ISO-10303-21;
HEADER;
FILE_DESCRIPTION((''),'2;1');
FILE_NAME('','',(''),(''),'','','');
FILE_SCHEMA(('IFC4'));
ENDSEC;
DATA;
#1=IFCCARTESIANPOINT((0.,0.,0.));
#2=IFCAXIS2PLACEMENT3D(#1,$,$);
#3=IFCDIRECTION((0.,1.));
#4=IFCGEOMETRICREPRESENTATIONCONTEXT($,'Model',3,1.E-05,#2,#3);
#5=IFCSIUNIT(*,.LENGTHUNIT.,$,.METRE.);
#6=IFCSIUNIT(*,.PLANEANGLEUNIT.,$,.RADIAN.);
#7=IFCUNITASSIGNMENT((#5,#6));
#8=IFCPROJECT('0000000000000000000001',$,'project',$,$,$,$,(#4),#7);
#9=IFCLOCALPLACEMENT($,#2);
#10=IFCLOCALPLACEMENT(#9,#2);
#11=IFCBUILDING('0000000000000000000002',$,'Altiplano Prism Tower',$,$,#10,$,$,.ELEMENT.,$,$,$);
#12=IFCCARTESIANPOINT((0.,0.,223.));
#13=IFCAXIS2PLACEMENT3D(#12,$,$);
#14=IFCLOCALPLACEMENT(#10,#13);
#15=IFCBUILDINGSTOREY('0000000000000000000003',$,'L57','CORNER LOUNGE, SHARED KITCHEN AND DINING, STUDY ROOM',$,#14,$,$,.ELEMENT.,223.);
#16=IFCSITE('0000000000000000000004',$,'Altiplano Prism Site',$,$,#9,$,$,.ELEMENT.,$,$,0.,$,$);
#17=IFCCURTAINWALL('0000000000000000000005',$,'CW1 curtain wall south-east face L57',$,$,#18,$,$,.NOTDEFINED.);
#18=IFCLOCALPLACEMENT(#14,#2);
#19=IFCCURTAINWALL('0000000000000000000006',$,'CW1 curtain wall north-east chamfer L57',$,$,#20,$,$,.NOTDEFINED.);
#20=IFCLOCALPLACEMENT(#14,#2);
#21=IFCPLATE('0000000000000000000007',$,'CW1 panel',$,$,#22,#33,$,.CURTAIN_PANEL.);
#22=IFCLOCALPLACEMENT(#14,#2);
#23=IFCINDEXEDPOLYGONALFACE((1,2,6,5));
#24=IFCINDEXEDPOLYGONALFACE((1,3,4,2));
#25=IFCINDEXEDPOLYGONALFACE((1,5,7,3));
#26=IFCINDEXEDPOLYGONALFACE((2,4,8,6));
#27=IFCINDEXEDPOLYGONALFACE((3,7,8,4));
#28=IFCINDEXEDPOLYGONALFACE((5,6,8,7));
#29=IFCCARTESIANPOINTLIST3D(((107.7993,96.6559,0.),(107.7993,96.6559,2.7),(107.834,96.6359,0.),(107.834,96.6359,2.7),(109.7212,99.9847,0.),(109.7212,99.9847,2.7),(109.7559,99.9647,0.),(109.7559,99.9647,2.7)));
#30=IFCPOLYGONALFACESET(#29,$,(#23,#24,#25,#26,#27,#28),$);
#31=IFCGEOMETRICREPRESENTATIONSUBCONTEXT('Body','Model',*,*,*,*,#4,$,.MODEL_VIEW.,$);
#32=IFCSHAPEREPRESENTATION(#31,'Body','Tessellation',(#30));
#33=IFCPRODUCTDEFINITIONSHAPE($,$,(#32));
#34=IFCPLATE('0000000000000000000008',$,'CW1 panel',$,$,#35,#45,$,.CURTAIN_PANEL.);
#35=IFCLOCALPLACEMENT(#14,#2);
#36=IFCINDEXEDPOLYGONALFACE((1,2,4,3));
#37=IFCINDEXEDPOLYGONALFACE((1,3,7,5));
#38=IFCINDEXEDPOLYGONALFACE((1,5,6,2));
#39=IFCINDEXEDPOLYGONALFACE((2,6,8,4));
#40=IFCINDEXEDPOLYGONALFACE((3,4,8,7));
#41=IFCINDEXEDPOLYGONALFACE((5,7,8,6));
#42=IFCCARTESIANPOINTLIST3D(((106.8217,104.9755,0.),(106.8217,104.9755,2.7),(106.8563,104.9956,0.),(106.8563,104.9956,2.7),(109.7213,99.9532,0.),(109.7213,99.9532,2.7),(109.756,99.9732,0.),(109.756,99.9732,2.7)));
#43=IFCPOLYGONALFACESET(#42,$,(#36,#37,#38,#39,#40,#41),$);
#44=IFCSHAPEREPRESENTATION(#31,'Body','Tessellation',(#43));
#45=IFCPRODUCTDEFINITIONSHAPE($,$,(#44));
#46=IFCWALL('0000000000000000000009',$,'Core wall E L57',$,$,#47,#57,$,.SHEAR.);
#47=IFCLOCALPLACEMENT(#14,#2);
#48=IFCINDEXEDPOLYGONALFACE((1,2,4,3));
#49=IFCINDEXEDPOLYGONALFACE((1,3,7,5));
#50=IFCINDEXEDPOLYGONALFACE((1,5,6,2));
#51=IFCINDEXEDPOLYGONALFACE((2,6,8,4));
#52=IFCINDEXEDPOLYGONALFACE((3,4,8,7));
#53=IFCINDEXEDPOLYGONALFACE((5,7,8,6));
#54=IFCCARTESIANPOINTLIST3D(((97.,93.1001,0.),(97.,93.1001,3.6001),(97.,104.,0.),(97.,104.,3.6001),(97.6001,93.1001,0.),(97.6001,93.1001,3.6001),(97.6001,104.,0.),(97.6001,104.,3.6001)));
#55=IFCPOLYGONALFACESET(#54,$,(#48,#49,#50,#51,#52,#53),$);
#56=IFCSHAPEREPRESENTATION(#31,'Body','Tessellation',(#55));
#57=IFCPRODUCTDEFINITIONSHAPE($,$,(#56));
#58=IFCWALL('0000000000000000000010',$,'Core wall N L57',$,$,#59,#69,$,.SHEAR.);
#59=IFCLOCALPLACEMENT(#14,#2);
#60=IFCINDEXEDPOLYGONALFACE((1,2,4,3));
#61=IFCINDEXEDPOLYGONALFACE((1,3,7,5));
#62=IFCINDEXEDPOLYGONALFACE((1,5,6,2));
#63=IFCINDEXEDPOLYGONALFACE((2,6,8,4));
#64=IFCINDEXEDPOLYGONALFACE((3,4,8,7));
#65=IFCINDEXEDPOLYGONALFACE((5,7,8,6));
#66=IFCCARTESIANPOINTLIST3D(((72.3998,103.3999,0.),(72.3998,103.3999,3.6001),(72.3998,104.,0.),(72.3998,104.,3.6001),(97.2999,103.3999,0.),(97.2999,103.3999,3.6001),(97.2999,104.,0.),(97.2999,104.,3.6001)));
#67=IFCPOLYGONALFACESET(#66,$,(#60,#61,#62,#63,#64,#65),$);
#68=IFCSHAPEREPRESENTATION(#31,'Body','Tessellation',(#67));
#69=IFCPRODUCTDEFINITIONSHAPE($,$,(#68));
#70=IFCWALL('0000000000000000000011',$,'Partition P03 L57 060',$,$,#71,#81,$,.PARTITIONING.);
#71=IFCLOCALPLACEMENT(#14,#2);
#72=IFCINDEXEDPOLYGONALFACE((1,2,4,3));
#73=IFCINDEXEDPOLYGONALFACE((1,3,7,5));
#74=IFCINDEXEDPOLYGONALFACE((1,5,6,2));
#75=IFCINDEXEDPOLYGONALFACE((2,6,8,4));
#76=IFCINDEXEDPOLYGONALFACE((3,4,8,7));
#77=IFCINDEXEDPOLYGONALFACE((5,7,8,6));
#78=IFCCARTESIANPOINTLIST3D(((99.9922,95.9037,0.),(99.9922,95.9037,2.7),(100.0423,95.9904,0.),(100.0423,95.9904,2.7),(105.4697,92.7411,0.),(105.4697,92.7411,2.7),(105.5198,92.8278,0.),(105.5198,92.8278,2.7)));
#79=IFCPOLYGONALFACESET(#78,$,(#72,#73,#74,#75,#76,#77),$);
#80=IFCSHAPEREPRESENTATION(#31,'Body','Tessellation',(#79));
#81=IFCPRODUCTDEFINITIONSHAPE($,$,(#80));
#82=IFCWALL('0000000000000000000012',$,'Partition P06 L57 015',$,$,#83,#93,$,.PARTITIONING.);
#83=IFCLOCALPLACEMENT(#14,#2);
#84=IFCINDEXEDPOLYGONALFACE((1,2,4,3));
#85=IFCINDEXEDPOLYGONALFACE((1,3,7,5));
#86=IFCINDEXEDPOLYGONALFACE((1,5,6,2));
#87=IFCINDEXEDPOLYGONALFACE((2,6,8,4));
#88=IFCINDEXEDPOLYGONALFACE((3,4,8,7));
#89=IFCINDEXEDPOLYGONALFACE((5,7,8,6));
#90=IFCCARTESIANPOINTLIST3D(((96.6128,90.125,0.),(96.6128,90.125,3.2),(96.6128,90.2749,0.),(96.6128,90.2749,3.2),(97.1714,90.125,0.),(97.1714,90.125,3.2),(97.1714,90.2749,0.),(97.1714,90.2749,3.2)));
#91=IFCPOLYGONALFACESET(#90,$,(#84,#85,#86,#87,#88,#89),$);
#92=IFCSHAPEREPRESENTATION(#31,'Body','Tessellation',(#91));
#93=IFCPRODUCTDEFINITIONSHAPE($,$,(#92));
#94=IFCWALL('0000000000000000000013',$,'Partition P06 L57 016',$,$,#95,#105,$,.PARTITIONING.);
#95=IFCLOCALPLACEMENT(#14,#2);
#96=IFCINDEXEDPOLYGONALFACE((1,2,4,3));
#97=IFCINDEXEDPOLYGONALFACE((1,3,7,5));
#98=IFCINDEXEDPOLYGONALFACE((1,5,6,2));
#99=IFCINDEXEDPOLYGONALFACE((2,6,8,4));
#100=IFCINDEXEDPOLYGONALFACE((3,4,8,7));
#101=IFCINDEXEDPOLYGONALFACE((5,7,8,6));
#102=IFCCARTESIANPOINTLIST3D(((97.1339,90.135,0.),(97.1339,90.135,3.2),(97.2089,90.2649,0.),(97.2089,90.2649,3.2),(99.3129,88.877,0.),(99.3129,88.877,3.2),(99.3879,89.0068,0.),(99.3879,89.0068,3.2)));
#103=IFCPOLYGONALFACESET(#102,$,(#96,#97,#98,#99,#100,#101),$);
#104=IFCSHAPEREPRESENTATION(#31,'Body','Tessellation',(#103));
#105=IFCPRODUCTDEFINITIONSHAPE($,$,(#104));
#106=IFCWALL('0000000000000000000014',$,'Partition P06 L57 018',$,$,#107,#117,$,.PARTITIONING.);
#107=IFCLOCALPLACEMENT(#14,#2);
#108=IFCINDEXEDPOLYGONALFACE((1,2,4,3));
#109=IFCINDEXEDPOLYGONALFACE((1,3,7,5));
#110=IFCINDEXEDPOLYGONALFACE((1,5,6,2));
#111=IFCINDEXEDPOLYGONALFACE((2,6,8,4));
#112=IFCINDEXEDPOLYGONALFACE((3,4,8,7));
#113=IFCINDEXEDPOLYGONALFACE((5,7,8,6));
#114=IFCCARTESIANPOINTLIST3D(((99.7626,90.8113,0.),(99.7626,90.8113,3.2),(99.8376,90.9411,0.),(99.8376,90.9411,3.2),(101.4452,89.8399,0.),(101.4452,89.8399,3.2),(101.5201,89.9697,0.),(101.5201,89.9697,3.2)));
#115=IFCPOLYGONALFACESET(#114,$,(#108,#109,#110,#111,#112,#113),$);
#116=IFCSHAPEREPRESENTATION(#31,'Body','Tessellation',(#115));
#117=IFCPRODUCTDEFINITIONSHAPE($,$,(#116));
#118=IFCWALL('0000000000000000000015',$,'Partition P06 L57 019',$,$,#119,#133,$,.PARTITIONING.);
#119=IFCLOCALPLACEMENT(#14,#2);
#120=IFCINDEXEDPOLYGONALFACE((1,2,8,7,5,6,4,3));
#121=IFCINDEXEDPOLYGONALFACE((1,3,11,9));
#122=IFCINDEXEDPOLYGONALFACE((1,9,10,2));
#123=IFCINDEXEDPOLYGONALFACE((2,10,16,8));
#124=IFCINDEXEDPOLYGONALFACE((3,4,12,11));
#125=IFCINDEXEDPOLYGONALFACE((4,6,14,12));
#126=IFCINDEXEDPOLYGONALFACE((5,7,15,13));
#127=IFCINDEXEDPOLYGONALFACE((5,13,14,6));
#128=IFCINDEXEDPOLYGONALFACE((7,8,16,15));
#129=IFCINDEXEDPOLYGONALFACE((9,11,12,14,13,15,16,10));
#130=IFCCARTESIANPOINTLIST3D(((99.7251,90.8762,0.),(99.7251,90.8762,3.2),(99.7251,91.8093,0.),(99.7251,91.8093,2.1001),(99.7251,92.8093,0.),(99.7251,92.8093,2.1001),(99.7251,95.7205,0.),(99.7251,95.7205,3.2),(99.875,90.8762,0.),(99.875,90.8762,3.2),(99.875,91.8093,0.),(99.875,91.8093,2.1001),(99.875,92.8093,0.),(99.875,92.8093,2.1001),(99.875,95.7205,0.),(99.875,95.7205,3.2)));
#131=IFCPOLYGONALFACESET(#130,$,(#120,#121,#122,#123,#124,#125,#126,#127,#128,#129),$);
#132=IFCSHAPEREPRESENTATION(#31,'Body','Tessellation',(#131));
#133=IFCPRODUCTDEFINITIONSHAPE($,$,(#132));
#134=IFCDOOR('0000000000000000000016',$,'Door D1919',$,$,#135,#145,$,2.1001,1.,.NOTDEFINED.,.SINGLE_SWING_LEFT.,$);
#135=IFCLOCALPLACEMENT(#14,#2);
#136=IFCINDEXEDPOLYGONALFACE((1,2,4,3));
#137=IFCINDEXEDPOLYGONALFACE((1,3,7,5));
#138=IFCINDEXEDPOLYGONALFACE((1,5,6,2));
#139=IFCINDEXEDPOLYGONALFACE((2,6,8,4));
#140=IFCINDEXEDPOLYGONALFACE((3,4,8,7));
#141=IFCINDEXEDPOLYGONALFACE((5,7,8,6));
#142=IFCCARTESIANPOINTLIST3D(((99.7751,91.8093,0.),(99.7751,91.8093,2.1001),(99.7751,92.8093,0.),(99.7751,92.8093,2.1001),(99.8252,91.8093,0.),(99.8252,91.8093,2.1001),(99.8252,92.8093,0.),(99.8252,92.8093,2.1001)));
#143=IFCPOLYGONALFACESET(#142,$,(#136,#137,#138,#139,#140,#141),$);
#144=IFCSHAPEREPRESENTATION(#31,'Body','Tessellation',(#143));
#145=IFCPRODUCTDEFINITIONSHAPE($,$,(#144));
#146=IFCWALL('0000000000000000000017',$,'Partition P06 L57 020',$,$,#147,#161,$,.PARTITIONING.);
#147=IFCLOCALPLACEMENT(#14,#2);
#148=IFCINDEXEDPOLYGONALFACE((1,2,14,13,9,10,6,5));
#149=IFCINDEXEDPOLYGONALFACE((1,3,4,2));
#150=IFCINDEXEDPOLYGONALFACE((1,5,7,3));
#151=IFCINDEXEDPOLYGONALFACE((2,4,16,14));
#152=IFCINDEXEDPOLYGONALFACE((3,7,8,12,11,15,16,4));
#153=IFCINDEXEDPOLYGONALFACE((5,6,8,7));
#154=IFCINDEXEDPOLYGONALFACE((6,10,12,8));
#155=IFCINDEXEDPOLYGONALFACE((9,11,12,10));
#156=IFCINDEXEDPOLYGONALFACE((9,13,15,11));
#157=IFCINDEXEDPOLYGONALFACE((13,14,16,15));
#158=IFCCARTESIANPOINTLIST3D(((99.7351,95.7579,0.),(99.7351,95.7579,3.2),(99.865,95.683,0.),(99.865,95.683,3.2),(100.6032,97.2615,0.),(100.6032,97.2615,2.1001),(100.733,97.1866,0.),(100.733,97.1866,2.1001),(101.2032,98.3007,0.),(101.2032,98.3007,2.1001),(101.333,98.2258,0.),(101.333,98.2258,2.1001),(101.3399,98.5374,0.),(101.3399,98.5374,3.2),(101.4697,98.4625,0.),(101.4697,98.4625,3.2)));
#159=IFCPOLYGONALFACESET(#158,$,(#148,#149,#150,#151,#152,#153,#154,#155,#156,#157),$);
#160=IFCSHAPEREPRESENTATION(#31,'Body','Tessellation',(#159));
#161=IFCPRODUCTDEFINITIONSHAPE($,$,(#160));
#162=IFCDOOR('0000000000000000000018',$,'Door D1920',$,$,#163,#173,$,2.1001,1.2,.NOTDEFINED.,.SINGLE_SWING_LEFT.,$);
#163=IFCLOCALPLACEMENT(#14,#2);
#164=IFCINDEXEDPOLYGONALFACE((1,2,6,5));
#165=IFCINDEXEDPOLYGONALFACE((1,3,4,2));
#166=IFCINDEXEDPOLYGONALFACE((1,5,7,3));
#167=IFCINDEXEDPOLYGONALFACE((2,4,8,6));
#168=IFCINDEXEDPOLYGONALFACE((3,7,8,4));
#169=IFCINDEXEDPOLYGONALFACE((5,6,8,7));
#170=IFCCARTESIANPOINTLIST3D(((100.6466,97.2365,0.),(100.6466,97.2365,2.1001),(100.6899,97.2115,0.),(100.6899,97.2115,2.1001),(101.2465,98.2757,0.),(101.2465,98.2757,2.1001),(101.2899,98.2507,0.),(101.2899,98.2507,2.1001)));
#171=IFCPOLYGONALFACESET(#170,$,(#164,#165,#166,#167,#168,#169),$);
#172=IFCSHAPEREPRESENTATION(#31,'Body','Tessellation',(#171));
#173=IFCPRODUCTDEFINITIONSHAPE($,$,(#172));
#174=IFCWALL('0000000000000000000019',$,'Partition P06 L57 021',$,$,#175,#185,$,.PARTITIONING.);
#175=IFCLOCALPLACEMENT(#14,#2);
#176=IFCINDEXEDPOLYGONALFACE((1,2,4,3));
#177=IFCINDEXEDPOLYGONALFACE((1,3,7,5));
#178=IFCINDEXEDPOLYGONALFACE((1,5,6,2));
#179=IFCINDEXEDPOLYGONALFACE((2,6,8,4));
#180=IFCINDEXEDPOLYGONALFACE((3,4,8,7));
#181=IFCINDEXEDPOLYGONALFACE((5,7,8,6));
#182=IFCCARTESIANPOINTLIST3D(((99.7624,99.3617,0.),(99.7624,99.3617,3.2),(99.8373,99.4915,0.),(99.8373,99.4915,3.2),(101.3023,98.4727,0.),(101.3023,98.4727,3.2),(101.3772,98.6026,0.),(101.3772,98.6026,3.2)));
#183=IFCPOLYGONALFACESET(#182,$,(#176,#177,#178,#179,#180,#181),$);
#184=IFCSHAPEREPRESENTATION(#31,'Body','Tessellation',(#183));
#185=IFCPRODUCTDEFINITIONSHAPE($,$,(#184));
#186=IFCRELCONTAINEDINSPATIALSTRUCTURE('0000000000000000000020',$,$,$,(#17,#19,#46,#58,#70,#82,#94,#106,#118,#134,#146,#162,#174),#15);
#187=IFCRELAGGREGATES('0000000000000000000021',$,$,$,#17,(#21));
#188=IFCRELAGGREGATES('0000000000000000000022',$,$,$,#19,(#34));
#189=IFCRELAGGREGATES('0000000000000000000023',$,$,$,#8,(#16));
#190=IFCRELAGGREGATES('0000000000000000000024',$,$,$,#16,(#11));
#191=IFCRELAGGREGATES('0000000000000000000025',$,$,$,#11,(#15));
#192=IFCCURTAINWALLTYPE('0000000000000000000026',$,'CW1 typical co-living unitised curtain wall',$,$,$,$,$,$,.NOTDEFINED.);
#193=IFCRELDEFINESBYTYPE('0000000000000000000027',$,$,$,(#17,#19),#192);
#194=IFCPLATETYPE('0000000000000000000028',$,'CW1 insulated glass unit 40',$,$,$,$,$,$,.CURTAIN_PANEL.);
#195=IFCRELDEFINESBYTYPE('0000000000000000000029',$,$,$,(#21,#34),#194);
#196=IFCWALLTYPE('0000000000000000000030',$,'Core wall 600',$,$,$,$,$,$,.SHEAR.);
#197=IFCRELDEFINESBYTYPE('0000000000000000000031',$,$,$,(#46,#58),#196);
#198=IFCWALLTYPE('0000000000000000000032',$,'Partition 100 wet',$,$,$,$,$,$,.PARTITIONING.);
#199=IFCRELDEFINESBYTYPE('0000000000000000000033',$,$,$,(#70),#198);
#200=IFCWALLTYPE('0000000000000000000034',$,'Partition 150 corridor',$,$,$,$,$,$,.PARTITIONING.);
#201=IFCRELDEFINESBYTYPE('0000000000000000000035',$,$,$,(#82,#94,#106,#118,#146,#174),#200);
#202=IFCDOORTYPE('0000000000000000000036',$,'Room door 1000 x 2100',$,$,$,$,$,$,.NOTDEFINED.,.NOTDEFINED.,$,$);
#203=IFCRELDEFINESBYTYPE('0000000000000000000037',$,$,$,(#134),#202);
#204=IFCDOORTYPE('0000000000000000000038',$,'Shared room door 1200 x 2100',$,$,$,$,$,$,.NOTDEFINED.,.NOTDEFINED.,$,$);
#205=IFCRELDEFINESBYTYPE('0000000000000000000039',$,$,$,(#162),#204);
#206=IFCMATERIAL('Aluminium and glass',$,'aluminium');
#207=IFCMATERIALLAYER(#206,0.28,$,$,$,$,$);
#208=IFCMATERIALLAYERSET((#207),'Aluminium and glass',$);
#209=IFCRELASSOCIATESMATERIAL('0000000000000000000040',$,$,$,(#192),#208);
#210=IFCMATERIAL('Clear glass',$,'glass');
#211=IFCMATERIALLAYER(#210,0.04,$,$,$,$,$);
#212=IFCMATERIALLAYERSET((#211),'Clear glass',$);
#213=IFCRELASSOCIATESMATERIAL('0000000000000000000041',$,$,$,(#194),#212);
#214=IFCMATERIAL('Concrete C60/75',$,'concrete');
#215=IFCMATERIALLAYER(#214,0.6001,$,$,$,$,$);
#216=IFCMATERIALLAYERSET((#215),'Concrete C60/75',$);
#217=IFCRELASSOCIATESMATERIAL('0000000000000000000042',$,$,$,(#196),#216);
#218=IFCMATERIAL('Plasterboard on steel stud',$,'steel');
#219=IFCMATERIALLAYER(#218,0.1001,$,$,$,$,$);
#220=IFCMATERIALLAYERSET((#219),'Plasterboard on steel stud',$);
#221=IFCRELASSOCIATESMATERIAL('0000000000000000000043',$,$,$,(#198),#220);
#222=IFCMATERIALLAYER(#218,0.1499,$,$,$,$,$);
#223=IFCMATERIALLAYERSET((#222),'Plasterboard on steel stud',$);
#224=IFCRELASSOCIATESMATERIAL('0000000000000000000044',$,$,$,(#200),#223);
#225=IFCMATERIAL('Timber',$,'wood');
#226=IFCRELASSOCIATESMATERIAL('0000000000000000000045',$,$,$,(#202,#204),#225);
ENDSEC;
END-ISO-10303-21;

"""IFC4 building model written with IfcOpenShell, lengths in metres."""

from ifc_helpers import new_model, si_unit, direction, frame, frame_2d, origin, origin_2d, place, context, subcontext, project, spatial, rectangle, extrude, material, layer, layer_set, type_object, element, fill, aggregate, save


model = new_model("IFC4")

# Units and contexts
model_context = context("Model", 3, precision=1e-05, world=origin(), true_north=direction((0.0, 1.0)))
body_context = subcontext(model_context, "Body", "Model", "MODEL_VIEW")
ifc_project = project(units=[si_unit("LENGTHUNIT", "METRE"), si_unit("PLANEANGLEUNIT", "RADIAN")], contexts=[model_context])

# Site, building, storey
site_placement = place(None, origin())
site = spatial("IfcSite", under=ifc_project, at=site_placement, Name="Altiplano Prism Site", CompositionType="ELEMENT", RefElevation=0.0)
building_placement = place(site_placement, origin())
building = spatial("IfcBuilding", under=site, at=building_placement, Name="Altiplano Prism Tower", CompositionType="ELEMENT")
storey_placement = place(building_placement, frame((0.0, 0.0, 223.0)))
storey = spatial("IfcBuildingStorey", under=building, at=storey_placement, Name="L57", Description="CORNER LOUNGE, SHARED KITCHEN AND DINING, STUDY ROOM", CompositionType="ELEMENT", Elevation=223.0)

# Shared definitions
ifc_material_1 = material(Name="Concrete C60/75", Category="concrete")

# Curtain wall
ifc_material_2 = material(Name="Aluminium and glass", Category="aluminium")
ifc_layer_1 = layer(ifc_material_2, 0.28)
ifc_layer_set_1 = layer_set([ifc_layer_1], Name="Aluminium and glass")
curtain_wall_type = type_object("IfcCurtainWallType", Name="CW1 typical co-living unitised curtain wall", PredefinedType="NOTDEFINED", material=ifc_layer_set_1)
curtain_wall_1_placement = place(storey_placement, origin())
curtain_wall_1 = element("IfcCurtainWall", 1, at=curtain_wall_1_placement, inside=storey, type_object=curtain_wall_type, Name="CW1 curtain wall south-east face L57", PredefinedType="NOTDEFINED")

# Curtain wall
curtain_wall_2_placement = place(storey_placement, origin())
curtain_wall_2 = element("IfcCurtainWall", 2, at=curtain_wall_2_placement, inside=storey, type_object=curtain_wall_type, Name="CW1 curtain wall north-east chamfer L57", PredefinedType="NOTDEFINED")

# Plates
ifc_material_3 = material(Name="Clear glass", Category="glass")
ifc_layer_2 = layer(ifc_material_3, 0.04)
ifc_layer_set_2 = layer_set([ifc_layer_2], Name="Clear glass")
plate_type = type_object("IfcPlateType", Name="CW1 insulated glass unit 40", PredefinedType="CURTAIN_PANEL", material=ifc_layer_set_2)
plate_1_placement = place(storey_placement, frame((108.7776, 98.3103, 0.0), z_axis=(0.0, 0.0, 1.0), x_axis=(0.5, 0.866025, 0.0)))
plate_1 = element("IfcPlate", 3, at=plate_1_placement, type_object=plate_type, Name="CW1 panel", PredefinedType="CURTAIN_PANEL", context=body_context, shape_type="SweptSolid", body=[
    extrude(rectangle(XDim=3.8438, YDim=0.04, at=origin_2d()), origin(), (0.0, 0.0, 1.0), 2.7),
])
aggregate(curtain_wall_1, [plate_1])
plate_2_placement = place(storey_placement, frame((108.2888, 102.4744, 0.0), z_axis=(0.0, 0.0, 1.0), x_axis=(-0.5, 0.866025, 0.0)))
plate_2 = element("IfcPlate", 4, at=plate_2_placement, type_object=plate_type, Name="CW1 panel", PredefinedType="CURTAIN_PANEL", context=body_context, shape_type="SweptSolid", body=[
    extrude(rectangle(XDim=5.7993, YDim=0.04, at=origin_2d()), origin(), (0.0, 0.0, 1.0), 2.7),
])
aggregate(curtain_wall_2, [plate_2])

# Walls
ifc_layer_3 = layer(ifc_material_1, 0.6001)
ifc_layer_set_3 = layer_set([ifc_layer_3], Name="Concrete C60/75")
wall_type_1 = type_object("IfcWallType", Name="Core wall 600", PredefinedType="SHEAR", material=ifc_layer_set_3)
wall_1_placement = place(storey_placement, frame((97.3, 93.1001, 0.0), z_axis=(0.0, 0.0, 1.0), x_axis=(0.0, 1.0, 0.0)))
element("IfcWall", 5, at=wall_1_placement, inside=storey, type_object=wall_type_1, Name="Core wall E L57", PredefinedType="SHEAR", context=body_context, shape_type="SweptSolid", body=[
    extrude(rectangle(XDim=10.8999, YDim=0.6001, at=frame_2d((5.45, 0.0))), origin(), (0.0, 0.0, 1.0), 3.6001),
])
wall_2_placement = place(storey_placement, frame((97.3, 103.7, 0.0), z_axis=(0.0, 0.0, 1.0), x_axis=(-1.0, 0.0, 0.0)))
element("IfcWall", 6, at=wall_2_placement, inside=storey, type_object=wall_type_1, Name="Core wall N L57", PredefinedType="SHEAR", context=body_context, shape_type="SweptSolid", body=[
    extrude(rectangle(XDim=24.9001, YDim=0.6001, at=frame_2d((12.4502, 0.0))), origin(), (0.0, 0.0, 1.0), 3.6001),
])
ifc_material_4 = material(Name="Plasterboard on steel stud", Category="steel")
ifc_layer_4 = layer(ifc_material_4, 0.1001)
ifc_layer_set_4 = layer_set([ifc_layer_4], Name="Plasterboard on steel stud")
wall_type_2 = type_object("IfcWallType", Name="Partition 100 wet", PredefinedType="PARTITIONING", material=ifc_layer_set_4)
wall_3_placement = place(storey_placement, frame((105.4949, 92.7844, 0.0), z_axis=(0.0, 0.0, 1.0), x_axis=(-0.866016, 0.500016, 0.0)))
element("IfcWall", 7, at=wall_3_placement, inside=storey, type_object=wall_type_2, Name="Partition P03 L57 060", PredefinedType="PARTITIONING", context=body_context, shape_type="SweptSolid", body=[
    extrude(rectangle(XDim=6.325, YDim=0.1001, at=frame_2d((3.1626, 0.0))), origin(), (0.0, 0.0, 1.0), 2.7),
])
ifc_layer_5 = layer(ifc_material_4, 0.1499)
ifc_layer_set_5 = layer_set([ifc_layer_5], Name="Plasterboard on steel stud")
wall_type_3 = type_object("IfcWallType", Name="Partition 150 corridor", PredefinedType="PARTITIONING", material=ifc_layer_set_5)
wall_4_placement = place(storey_placement, frame((96.6128, 90.2, 0.0), z_axis=(0.0, 0.0, 1.0), x_axis=(1.0, 0.0, 0.0)))
element("IfcWall", 8, at=wall_4_placement, inside=storey, type_object=wall_type_3, Name="Partition P06 L57 015", PredefinedType="PARTITIONING", context=body_context, shape_type="SweptSolid", body=[
    extrude(rectangle(XDim=0.5586, YDim=0.1499, at=frame_2d((0.2793, 0.0))), origin(), (0.0, 0.0, 1.0), 3.2),
])
wall_5_placement = place(storey_placement, frame((97.1714, 90.2, 0.0), z_axis=(0.0, 0.0, 1.0), x_axis=(0.866019, -0.500011, 0.0)))
element("IfcWall", 9, at=wall_5_placement, inside=storey, type_object=wall_type_3, Name="Partition P06 L57 016", PredefinedType="PARTITIONING", context=body_context, shape_type="SweptSolid", body=[
    extrude(rectangle(XDim=2.5161, YDim=0.1499, at=frame_2d((1.2581, 0.0))), origin(), (0.0, 0.0, 1.0), 3.2),
])
wall_6_placement = place(storey_placement, frame((101.4827, 89.9048, 0.0), z_axis=(0.0, 0.0, 1.0), x_axis=(-0.866031, 0.499991, 0.0)))
element("IfcWall", 10, at=wall_6_placement, inside=storey, type_object=wall_type_3, Name="Partition P06 L57 018", PredefinedType="PARTITIONING", context=body_context, shape_type="SweptSolid", body=[
    extrude(rectangle(XDim=1.9429, YDim=0.1499, at=frame_2d((0.9714, 0.0))), origin(), (0.0, 0.0, 1.0), 3.2),
])

# Walls, openings, doors
wall_7_placement = place(storey_placement, frame((99.8, 90.8762, 0.0), z_axis=(0.0, 0.0, 1.0), x_axis=(0.0, 1.0, 0.0)))
wall_7 = element("IfcWall", 11, at=wall_7_placement, inside=storey, type_object=wall_type_3, Name="Partition P06 L57 019", PredefinedType="PARTITIONING", context=body_context, shape_type="SweptSolid", body=[
    extrude(rectangle(XDim=4.8442, YDim=0.1499, at=frame_2d((2.4221, 0.0))), origin(), (0.0, 0.0, 1.0), 3.2),
])
opening_1_placement = place(wall_7_placement, frame((0.9331, 0.0, 0.0)))
opening_1 = element("IfcOpeningElement", 12, at=opening_1_placement, cuts=wall_7, PredefinedType="OPENING", context=body_context, shape_type="SweptSolid", body=[
    extrude(rectangle(XDim=1.0, YDim=2.1001, at=frame_2d((0.5, 1.05))), frame((0.0, 0.0854, 0.0), z_axis=(0.0, -1.0, 0.0), x_axis=(1.0, 0.0, 0.0)), (0.0, 0.0, 1.0), 0.1709),
])
ifc_material_5 = material(Name="Timber", Category="wood")
door_type_1 = type_object("IfcDoorType", Name="Room door 1000 x 2100", OperationType="NOTDEFINED", PredefinedType="NOTDEFINED", material=ifc_material_5)
door_1_placement = place(opening_1_placement, origin())
door_1 = element("IfcDoor", 13, at=door_1_placement, inside=storey, type_object=door_type_1, Name="Door D1919", OperationType="SINGLE_SWING_LEFT", OverallHeight=2.1001, OverallWidth=1.0, PredefinedType="NOTDEFINED", context=body_context, shape_type="SweptSolid", body=[
    extrude(rectangle(XDim=1.0, YDim=2.1001, at=frame_2d((0.5, 1.05))), frame((0.0, 0.0249, 0.0), z_axis=(0.0, -1.0, 0.0), x_axis=(1.0, 0.0, 0.0)), (0.0, 0.0, 1.0), 0.05),
])
fill(opening_1, door_1)
wall_8_placement = place(storey_placement, frame((99.8, 95.7205, 0.0), z_axis=(0.0, 0.0, 1.0), x_axis=(0.499992, 0.86603, 0.0)))
wall_8 = element("IfcWall", 14, at=wall_8_placement, inside=storey, type_object=wall_type_3, Name="Partition P06 L57 020", PredefinedType="PARTITIONING", context=body_context, shape_type="SweptSolid", body=[
    extrude(rectangle(XDim=3.2095, YDim=0.1499, at=frame_2d((1.6047, 0.0))), origin(), (0.0, 0.0, 1.0), 3.2),
])
opening_2_placement = place(wall_8_placement, frame((1.7361, 0.0, 0.0)))
opening_2 = element("IfcOpeningElement", 15, at=opening_2_placement, cuts=wall_8, PredefinedType="OPENING", context=body_context, shape_type="SweptSolid", body=[
    extrude(rectangle(XDim=1.2, YDim=2.1001, at=frame_2d((0.6001, 1.05))), frame((0.0, 0.0854, 0.0), z_axis=(0.0, -1.0, 0.0), x_axis=(1.0, 0.0, 0.0)), (0.0, 0.0, 1.0), 0.1709),
])
door_type_2 = type_object("IfcDoorType", Name="Shared room door 1200 x 2100", OperationType="NOTDEFINED", PredefinedType="NOTDEFINED", material=ifc_material_5)
door_2_placement = place(opening_2_placement, origin())
door_2 = element("IfcDoor", 16, at=door_2_placement, inside=storey, type_object=door_type_2, Name="Door D1920", OperationType="SINGLE_SWING_LEFT", OverallHeight=2.1001, OverallWidth=1.2, PredefinedType="NOTDEFINED", context=body_context, shape_type="SweptSolid", body=[
    extrude(rectangle(XDim=1.2, YDim=2.1001, at=frame_2d((0.6001, 1.05))), frame((0.0, 0.0249, 0.0), z_axis=(0.0, -1.0, 0.0), x_axis=(1.0, 0.0, 0.0)), (0.0, 0.0, 1.0), 0.05),
])
fill(opening_2, door_2)

# Wall
wall_9_placement = place(storey_placement, frame((101.3398, 98.5376, 0.0), z_axis=(0.0, 0.0, 1.0), x_axis=(-0.866046, 0.499964, 0.0)))
element("IfcWall", 17, at=wall_9_placement, inside=storey, type_object=wall_type_3, Name="Partition P06 L57 021", PredefinedType="PARTITIONING", context=body_context, shape_type="SweptSolid", body=[
    extrude(rectangle(XDim=1.7781, YDim=0.1499, at=frame_2d((0.8892, 0.0))), origin(), (0.0, 0.0, 1.0), 3.2),
])

save(model, "model.ifc")
